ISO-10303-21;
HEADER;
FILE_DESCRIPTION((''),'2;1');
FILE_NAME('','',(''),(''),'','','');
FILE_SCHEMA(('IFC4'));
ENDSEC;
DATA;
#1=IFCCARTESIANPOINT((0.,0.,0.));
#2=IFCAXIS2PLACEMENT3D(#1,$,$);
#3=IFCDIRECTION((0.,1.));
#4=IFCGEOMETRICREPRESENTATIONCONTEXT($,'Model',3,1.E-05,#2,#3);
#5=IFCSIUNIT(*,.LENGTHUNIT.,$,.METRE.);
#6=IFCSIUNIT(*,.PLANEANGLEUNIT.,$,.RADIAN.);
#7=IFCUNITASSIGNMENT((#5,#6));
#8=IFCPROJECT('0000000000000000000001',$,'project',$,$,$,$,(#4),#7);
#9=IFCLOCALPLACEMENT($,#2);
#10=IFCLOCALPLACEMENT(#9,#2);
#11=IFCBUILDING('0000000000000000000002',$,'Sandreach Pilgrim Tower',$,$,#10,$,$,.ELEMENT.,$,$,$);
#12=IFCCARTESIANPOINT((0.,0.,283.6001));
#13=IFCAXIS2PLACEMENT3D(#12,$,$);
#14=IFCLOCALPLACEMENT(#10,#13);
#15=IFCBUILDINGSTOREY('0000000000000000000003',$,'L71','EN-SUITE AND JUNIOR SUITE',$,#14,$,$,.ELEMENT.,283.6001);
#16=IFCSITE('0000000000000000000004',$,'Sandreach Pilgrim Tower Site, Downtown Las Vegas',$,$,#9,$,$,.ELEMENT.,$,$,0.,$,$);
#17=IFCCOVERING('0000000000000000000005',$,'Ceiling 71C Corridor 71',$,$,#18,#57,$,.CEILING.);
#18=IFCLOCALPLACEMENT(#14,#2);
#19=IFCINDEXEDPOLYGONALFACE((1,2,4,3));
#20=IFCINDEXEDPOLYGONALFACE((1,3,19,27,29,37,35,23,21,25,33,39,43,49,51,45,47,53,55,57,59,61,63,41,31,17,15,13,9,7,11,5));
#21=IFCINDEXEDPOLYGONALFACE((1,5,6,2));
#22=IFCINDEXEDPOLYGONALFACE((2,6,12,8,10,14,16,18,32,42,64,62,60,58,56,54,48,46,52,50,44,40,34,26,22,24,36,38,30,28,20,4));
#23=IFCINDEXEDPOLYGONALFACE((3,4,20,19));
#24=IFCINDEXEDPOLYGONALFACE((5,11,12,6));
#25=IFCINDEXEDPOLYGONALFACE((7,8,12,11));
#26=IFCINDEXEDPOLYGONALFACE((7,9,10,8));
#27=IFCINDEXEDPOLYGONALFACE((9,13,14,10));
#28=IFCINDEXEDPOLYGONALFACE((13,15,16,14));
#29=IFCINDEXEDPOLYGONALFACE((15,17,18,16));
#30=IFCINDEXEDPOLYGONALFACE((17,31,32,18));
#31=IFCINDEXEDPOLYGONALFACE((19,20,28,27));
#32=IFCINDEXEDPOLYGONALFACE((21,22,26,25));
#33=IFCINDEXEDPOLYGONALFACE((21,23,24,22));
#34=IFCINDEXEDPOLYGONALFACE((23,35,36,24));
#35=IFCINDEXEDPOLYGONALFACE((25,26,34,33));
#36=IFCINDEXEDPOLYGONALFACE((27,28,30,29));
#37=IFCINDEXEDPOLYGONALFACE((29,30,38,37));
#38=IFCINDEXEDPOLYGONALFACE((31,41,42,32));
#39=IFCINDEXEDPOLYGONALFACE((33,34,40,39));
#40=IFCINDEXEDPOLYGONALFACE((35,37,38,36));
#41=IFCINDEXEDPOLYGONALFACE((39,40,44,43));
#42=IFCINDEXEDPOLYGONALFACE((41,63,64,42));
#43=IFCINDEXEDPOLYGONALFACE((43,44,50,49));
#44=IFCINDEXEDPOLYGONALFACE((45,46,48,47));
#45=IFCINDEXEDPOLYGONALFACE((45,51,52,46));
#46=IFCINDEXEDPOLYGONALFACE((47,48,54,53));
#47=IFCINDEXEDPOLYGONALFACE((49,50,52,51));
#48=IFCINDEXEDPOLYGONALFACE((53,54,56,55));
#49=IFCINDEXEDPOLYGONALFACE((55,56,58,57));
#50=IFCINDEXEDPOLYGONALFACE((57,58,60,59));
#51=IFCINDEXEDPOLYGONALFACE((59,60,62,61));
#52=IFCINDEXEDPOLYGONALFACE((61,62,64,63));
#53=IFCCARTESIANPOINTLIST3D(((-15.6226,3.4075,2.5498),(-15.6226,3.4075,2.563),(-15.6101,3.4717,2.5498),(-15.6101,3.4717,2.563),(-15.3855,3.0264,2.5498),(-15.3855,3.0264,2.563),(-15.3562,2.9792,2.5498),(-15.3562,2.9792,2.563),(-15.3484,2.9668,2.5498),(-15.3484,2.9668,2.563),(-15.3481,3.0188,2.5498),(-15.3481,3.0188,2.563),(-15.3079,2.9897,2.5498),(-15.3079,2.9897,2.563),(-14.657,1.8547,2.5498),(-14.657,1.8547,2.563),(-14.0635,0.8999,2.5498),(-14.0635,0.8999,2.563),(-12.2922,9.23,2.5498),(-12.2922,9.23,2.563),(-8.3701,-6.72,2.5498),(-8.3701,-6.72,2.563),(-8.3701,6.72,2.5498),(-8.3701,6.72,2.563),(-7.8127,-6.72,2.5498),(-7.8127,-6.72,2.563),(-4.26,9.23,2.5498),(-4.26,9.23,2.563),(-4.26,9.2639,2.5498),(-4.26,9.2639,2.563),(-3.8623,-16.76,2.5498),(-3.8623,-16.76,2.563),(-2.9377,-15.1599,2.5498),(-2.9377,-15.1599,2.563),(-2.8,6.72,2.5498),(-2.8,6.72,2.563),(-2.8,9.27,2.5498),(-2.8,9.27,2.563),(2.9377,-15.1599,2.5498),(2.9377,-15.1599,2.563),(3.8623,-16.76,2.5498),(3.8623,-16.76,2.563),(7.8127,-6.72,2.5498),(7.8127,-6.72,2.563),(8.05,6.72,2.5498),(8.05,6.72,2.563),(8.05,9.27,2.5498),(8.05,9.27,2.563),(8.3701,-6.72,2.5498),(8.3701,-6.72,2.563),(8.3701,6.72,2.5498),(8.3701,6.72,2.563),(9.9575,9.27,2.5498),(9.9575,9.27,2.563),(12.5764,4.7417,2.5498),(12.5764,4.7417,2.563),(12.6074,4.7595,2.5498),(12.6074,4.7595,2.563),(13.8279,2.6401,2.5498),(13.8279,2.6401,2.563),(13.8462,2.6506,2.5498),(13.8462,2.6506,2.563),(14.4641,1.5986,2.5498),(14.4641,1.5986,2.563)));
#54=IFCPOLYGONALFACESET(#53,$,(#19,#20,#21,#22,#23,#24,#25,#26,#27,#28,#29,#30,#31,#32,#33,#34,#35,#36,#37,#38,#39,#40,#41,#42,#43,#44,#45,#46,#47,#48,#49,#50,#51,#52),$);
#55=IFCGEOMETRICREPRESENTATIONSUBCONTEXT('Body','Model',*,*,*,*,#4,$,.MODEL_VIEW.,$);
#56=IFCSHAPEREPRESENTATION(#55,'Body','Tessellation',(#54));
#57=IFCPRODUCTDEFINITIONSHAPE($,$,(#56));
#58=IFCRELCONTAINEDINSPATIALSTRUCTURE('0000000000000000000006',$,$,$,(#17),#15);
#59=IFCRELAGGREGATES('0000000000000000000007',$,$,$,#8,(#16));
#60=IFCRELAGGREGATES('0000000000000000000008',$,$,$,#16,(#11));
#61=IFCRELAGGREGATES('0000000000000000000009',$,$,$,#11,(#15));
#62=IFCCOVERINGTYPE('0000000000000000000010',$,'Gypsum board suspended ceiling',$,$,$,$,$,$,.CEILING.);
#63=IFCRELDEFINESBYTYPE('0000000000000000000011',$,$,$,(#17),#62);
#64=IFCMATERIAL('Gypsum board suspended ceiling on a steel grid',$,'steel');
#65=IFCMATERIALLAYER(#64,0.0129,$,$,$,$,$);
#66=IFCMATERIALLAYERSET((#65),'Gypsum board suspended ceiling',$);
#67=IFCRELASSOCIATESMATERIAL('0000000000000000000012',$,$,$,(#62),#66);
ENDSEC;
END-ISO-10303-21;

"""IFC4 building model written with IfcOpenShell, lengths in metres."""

from ifc_helpers import new_model, si_unit, direction, frame, origin, place, context, subcontext, project, spatial, polyline, outline, extrude, material, layer, layer_set, type_object, element, save


model = new_model("IFC4")

# Units and contexts
model_context = context("Model", 3, precision=1e-05, world=origin(), true_north=direction((0.0, 1.0)))
body_context = subcontext(model_context, "Body", "Model", "MODEL_VIEW")
ifc_project = project(units=[si_unit("LENGTHUNIT", "METRE"), si_unit("PLANEANGLEUNIT", "RADIAN")], contexts=[model_context])

# Site, building, storey
site_placement = place(None, origin())
site = spatial("IfcSite", under=ifc_project, at=site_placement, Name="Sandreach Pilgrim Tower Site, Downtown Las Vegas", CompositionType="ELEMENT", RefElevation=0.0)
building_placement = place(site_placement, origin())
building = spatial("IfcBuilding", under=site, at=building_placement, Name="Sandreach Pilgrim Tower", CompositionType="ELEMENT")
storey_placement = place(building_placement, frame((0.0, 0.0, 283.6001)))
storey = spatial("IfcBuildingStorey", under=building, at=storey_placement, Name="L71", Description="EN-SUITE AND JUNIOR SUITE", CompositionType="ELEMENT", Elevation=283.6001)

# Covering
ifc_material_1 = material(Name="Gypsum board suspended ceiling on a steel grid", Category="steel")
ifc_layer_1 = layer(ifc_material_1, 0.0129)
ifc_layer_set_1 = layer_set([ifc_layer_1], Name="Gypsum board suspended ceiling")
covering_type_1 = type_object("IfcCoveringType", Name="Gypsum board suspended ceiling", PredefinedType="CEILING", material=ifc_layer_set_1)
covering_1_placement = place(storey_placement, frame((0.0, 0.0, 2.5498)))
element("IfcCovering", 1, at=covering_1_placement, inside=storey, type_object=covering_type_1, Name="Ceiling 71C Corridor 71", PredefinedType="CEILING", context=body_context, shape_type="SweptSolid", body=[
    extrude(outline(polyline([(-15.6101, 3.4717), (-12.2922, 9.23), (-4.26, 9.23), (-4.26, 9.2639), (-2.8, 9.27), (-2.8, 6.72), (-8.3701, 6.72), (-8.3701, -6.72), (-7.8127, -6.72), (-2.9377, -15.1599), (2.9377, -15.1599), (7.8127, -6.72), (8.3701, -6.72), (8.3701, 6.72), (8.05, 6.72), (8.05, 9.27), (9.9575, 9.27), (12.5764, 4.7417), (12.6074, 4.7595), (13.8279, 2.6401), (13.8462, 2.6506), (14.4641, 1.5986), (3.8623, -16.76), (-3.8623, -16.76), (-14.0635, 0.8999), (-14.657, 1.8547), (-15.3079, 2.9897), (-15.3484, 2.9668), (-15.3562, 2.9792), (-15.3481, 3.0188), (-15.3855, 3.0264), (-15.6226, 3.4075), (-15.6101, 3.4717)])), origin(), (0.0, 0.0, 1.0), 0.0132),
])

save(model, "model.ifc")
